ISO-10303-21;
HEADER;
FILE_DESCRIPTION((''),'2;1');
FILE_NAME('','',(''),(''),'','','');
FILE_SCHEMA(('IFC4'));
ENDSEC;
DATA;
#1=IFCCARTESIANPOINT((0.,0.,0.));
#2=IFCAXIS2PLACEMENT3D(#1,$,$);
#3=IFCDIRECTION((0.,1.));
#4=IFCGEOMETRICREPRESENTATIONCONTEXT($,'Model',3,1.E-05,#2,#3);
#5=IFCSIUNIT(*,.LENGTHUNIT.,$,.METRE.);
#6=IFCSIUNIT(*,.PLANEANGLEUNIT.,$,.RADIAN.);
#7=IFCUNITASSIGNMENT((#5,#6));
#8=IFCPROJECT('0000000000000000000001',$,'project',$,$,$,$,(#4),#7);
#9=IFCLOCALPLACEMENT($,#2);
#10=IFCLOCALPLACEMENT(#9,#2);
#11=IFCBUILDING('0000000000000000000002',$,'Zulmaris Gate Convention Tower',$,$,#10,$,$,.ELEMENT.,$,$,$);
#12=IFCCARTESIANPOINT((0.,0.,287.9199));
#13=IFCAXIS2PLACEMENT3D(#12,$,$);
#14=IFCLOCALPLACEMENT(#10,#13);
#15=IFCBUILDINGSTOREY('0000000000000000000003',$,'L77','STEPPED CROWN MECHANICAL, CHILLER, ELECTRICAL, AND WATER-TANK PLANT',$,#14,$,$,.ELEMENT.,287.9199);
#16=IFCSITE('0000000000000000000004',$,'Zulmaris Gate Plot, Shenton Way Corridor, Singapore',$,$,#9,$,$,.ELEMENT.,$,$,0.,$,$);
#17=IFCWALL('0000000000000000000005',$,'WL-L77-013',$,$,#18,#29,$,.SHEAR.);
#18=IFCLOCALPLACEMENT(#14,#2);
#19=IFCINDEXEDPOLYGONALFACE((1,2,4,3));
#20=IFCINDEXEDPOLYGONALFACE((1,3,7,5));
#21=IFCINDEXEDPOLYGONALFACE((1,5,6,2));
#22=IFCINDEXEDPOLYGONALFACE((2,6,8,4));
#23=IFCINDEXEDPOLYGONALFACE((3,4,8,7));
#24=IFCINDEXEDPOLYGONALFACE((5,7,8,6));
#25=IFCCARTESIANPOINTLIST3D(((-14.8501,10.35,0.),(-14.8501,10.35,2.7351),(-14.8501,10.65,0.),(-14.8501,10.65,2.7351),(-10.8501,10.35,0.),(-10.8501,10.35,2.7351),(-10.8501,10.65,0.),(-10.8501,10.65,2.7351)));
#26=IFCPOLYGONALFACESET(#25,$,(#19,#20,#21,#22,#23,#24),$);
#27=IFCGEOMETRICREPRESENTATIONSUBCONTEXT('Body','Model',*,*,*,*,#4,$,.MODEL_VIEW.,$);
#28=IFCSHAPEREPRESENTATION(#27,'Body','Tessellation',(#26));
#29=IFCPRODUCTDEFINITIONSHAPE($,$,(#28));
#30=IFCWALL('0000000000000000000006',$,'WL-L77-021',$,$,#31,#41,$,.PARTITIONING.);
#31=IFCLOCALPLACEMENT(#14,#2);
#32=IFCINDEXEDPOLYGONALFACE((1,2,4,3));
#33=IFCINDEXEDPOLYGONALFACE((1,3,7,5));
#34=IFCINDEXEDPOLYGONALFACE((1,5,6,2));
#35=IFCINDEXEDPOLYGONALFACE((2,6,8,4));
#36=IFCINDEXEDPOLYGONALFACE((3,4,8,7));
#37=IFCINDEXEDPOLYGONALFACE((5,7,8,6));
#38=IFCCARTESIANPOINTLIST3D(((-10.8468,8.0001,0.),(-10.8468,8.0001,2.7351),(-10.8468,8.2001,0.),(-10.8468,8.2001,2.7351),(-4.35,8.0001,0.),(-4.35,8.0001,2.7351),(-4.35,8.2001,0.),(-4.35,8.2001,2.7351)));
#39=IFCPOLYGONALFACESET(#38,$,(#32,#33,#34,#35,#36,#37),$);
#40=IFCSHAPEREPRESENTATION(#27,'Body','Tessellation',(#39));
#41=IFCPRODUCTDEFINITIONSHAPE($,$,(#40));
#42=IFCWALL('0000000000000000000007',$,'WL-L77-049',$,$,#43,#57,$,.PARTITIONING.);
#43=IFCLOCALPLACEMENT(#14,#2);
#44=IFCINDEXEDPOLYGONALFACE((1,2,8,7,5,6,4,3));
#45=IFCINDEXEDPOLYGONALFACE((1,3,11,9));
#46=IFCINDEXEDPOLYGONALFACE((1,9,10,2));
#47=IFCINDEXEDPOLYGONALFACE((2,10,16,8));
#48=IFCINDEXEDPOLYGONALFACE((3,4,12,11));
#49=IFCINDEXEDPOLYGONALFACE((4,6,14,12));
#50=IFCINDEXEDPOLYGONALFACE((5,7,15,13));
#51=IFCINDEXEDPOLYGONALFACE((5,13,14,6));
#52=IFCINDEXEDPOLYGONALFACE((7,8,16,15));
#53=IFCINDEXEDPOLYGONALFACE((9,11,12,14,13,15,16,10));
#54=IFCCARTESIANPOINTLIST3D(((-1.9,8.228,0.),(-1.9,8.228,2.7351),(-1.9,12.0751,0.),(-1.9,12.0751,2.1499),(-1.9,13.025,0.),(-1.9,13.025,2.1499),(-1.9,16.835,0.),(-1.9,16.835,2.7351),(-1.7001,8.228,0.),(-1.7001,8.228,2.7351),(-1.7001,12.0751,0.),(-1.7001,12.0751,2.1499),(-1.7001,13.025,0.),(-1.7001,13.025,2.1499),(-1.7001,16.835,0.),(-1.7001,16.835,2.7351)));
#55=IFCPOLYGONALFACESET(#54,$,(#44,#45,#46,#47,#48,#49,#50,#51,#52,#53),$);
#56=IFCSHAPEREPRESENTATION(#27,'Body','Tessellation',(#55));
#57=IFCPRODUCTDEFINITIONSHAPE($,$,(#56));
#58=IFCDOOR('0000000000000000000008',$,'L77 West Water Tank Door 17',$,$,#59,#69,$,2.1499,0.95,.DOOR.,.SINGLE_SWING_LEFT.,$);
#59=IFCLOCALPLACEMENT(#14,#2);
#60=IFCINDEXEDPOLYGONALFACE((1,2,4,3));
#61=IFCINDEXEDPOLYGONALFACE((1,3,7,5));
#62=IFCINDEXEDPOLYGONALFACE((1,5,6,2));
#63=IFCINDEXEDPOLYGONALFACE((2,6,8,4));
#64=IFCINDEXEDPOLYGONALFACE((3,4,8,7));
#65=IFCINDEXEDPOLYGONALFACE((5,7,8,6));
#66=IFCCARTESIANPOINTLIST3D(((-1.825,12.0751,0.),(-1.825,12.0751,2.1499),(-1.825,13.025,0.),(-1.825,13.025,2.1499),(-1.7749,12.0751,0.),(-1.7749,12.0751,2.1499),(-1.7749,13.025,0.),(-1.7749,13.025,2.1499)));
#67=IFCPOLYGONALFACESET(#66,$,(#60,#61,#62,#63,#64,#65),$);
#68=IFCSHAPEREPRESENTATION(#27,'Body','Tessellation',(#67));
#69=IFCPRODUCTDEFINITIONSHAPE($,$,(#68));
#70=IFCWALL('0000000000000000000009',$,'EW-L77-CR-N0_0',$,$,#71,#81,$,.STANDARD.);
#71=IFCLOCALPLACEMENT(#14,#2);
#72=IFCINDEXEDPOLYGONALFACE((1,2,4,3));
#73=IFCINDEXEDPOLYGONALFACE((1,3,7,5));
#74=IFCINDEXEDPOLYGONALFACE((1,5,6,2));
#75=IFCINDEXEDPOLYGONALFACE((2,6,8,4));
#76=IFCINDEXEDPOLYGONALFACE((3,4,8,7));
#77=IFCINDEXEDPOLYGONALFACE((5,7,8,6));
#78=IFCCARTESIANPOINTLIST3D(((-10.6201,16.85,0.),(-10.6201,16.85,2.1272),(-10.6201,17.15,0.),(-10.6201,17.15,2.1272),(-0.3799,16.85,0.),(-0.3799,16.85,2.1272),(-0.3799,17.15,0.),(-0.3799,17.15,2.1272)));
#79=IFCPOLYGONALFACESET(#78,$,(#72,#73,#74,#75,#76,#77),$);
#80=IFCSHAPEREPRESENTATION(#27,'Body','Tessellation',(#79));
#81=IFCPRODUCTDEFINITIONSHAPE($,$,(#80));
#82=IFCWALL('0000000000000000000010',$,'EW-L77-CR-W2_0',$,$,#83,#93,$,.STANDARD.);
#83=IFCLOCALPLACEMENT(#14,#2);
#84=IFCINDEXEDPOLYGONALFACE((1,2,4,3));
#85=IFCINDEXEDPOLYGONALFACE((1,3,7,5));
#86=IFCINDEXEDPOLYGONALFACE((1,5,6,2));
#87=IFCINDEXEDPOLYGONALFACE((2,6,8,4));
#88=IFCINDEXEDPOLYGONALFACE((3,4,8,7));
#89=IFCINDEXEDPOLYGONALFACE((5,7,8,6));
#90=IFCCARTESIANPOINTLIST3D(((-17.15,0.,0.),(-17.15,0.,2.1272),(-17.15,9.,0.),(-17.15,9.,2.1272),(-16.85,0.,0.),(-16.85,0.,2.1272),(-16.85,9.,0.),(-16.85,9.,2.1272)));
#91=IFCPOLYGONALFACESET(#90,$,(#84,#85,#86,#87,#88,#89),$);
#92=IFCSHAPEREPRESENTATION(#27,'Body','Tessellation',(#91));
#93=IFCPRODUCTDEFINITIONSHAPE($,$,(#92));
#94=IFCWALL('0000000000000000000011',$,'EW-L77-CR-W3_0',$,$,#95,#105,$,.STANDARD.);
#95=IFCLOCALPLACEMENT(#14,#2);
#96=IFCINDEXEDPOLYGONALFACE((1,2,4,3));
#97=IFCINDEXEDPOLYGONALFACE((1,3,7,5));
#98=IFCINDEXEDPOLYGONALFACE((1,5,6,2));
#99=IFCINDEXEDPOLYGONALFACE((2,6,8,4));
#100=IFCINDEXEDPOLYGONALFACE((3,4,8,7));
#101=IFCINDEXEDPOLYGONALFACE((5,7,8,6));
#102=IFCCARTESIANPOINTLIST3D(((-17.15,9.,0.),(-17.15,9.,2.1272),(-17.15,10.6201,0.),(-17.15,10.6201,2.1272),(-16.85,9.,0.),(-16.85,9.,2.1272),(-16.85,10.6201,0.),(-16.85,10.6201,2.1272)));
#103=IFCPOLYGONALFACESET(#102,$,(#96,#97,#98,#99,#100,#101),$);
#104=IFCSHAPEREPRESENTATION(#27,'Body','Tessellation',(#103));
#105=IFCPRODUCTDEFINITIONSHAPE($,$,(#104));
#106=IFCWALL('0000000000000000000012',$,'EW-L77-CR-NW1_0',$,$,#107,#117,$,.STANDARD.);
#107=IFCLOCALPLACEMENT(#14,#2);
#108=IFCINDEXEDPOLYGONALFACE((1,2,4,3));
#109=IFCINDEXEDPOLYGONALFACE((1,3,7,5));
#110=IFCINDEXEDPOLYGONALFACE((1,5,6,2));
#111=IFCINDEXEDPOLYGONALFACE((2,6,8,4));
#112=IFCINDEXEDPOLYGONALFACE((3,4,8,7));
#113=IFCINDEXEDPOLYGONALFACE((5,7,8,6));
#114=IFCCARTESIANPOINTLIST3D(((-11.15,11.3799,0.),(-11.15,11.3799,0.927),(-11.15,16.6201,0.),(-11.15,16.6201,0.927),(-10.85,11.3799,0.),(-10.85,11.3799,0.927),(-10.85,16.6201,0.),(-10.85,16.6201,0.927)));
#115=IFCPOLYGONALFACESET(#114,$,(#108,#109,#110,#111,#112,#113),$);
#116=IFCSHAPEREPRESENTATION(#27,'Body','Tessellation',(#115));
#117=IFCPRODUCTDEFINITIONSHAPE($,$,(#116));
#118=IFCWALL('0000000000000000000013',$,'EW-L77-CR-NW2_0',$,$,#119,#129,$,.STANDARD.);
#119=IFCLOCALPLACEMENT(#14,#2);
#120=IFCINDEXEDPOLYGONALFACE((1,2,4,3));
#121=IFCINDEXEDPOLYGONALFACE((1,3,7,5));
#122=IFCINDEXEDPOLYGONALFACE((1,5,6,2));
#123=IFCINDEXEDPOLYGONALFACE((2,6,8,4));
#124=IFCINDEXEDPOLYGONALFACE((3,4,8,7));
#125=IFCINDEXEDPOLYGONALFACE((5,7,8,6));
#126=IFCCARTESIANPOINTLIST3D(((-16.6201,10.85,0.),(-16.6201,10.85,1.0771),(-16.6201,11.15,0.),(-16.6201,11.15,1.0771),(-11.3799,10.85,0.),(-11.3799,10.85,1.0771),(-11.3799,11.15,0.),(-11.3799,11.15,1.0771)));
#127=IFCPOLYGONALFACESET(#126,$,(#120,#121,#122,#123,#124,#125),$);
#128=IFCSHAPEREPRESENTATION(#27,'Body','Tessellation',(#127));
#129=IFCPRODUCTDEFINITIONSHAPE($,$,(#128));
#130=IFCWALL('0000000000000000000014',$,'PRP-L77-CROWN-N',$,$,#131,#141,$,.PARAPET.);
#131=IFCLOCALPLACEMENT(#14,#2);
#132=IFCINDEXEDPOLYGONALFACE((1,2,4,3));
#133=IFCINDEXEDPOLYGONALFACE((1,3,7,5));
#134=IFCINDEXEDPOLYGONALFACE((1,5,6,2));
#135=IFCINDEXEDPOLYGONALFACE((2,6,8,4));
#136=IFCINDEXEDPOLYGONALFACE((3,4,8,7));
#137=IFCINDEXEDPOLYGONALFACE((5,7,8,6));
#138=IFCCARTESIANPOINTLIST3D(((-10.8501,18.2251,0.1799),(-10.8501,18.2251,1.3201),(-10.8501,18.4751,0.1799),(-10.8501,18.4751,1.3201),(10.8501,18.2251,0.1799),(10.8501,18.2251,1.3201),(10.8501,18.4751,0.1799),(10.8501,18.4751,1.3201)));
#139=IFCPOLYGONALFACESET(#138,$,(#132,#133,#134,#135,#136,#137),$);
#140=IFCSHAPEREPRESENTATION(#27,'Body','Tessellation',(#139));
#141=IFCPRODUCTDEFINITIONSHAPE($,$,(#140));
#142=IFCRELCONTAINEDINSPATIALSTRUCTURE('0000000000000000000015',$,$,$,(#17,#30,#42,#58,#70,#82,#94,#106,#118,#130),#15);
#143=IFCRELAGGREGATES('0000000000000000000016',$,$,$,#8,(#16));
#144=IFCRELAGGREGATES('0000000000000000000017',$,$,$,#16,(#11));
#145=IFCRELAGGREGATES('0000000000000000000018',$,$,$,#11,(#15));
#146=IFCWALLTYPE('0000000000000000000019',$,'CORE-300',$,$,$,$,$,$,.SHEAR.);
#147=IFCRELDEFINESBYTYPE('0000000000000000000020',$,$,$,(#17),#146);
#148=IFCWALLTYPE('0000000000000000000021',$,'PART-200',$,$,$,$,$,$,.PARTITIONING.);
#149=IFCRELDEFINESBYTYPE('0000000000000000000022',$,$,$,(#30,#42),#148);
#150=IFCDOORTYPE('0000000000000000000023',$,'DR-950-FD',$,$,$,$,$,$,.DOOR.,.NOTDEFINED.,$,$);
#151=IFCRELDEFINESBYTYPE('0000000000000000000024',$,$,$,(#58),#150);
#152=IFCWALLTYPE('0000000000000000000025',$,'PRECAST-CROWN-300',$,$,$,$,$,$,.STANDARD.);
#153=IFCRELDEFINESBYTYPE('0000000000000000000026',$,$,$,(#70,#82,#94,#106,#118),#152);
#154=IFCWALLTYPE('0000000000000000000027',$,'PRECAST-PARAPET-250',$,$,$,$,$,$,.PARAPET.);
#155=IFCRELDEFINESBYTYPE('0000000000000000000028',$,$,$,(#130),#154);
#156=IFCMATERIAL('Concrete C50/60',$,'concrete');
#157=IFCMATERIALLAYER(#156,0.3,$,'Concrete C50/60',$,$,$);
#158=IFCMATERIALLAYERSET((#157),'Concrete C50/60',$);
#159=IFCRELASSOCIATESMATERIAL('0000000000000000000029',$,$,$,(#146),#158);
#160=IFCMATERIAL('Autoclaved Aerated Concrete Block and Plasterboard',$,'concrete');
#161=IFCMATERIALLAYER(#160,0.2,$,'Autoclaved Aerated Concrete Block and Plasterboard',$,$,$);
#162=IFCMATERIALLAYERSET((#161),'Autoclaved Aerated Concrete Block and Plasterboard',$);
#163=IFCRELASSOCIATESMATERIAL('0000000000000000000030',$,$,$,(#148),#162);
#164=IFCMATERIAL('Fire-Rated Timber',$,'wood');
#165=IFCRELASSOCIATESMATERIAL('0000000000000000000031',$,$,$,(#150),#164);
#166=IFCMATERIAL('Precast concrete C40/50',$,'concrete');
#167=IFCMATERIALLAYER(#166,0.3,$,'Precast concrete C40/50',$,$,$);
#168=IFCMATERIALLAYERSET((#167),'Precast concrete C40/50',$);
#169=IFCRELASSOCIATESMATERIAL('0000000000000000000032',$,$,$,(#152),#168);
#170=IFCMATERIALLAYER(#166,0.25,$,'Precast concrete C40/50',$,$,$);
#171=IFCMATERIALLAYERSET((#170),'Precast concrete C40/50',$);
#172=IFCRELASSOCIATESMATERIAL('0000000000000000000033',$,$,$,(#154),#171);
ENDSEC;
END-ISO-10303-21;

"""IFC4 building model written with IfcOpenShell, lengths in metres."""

from ifc_helpers import new_model, si_unit, direction, frame, frame_2d, origin, place, context, subcontext, project, spatial, rectangle, extrude, material, layer, layer_set, type_object, element, fill, save


model = new_model("IFC4")

# Units and contexts
model_context = context("Model", 3, precision=1e-05, world=origin(), true_north=direction((0.0, 1.0)))
body_context = subcontext(model_context, "Body", "Model", "MODEL_VIEW")
ifc_project = project(units=[si_unit("LENGTHUNIT", "METRE"), si_unit("PLANEANGLEUNIT", "RADIAN")], contexts=[model_context])

# Site, building, storey
site_placement = place(None, origin())
site = spatial("IfcSite", under=ifc_project, at=site_placement, Name="Zulmaris Gate Plot, Shenton Way Corridor, Singapore", CompositionType="ELEMENT", RefElevation=0.0)
building_placement = place(site_placement, origin())
building = spatial("IfcBuilding", under=site, at=building_placement, Name="Zulmaris Gate Convention Tower", CompositionType="ELEMENT")
storey_placement = place(building_placement, frame((0.0, 0.0, 287.9199)))
storey = spatial("IfcBuildingStorey", under=building, at=storey_placement, Name="L77", Description="STEPPED CROWN MECHANICAL, CHILLER, ELECTRICAL, AND WATER-TANK PLANT", CompositionType="ELEMENT", Elevation=287.9199)

# Shared definitions
ifc_material_1 = material(Name="Concrete C50/60", Category="concrete")

# Walls
ifc_layer_1 = layer(ifc_material_1, 0.3, Name="Concrete C50/60")
ifc_layer_set_1 = layer_set([ifc_layer_1], Name="Concrete C50/60")
wall_type_1 = type_object("IfcWallType", Name="CORE-300", PredefinedType="SHEAR", material=ifc_layer_set_1)
wall_1_placement = place(storey_placement, frame((-14.8501, 10.5, 0.0), z_axis=(0.0, 0.0, 1.0), x_axis=(1.0, 0.0, 0.0)))
element("IfcWall", 1, at=wall_1_placement, inside=storey, type_object=wall_type_1, Name="WL-L77-013", PredefinedType="SHEAR", context=body_context, shape_type="SweptSolid", body=[
    extrude(rectangle(XDim=4.0, YDim=0.3, at=frame_2d((2.0, 0.0))), origin(), (0.0, 0.0, 1.0), 2.7351),
])
ifc_material_2 = material(Name="Autoclaved Aerated Concrete Block and Plasterboard", Category="concrete")
ifc_layer_2 = layer(ifc_material_2, 0.2, Name="Autoclaved Aerated Concrete Block and Plasterboard")
ifc_layer_set_2 = layer_set([ifc_layer_2], Name="Autoclaved Aerated Concrete Block and Plasterboard")
wall_type_2 = type_object("IfcWallType", Name="PART-200", PredefinedType="PARTITIONING", material=ifc_layer_set_2)
wall_2_placement = place(storey_placement, frame((-10.8469, 8.1001, 0.0), z_axis=(0.0, 0.0, 1.0), x_axis=(1.0, 0.0, 0.0)))
element("IfcWall", 2, at=wall_2_placement, inside=storey, type_object=wall_type_2, Name="WL-L77-021", PredefinedType="PARTITIONING", context=body_context, shape_type="SweptSolid", body=[
    extrude(rectangle(XDim=6.4968, YDim=0.2, at=frame_2d((3.2485, 0.0))), origin(), (0.0, 0.0, 1.0), 2.7351),
])

# Wall, opening, door
wall_3_placement = place(storey_placement, frame((-1.8, 8.228, 0.0), z_axis=(0.0, 0.0, 1.0), x_axis=(0.0, 1.0, 0.0)))
wall_3 = element("IfcWall", 3, at=wall_3_placement, inside=storey, type_object=wall_type_2, Name="WL-L77-049", PredefinedType="PARTITIONING", context=body_context, shape_type="SweptSolid", body=[
    extrude(rectangle(XDim=8.6069, YDim=0.2, at=frame_2d((4.3035, 0.0))), origin(), (0.0, 0.0, 1.0), 2.7351),
])
opening_placement = place(wall_3_placement, frame((3.8469, 0.0, 0.0)))
opening = element("IfcOpeningElement", 4, at=opening_placement, cuts=wall_3, PredefinedType="OPENING", context=body_context, shape_type="SweptSolid", body=[
    extrude(rectangle(XDim=0.95, YDim=2.1499, at=frame_2d((0.4751, 1.075))), frame((0.0, 0.1099, 0.0), z_axis=(0.0, -1.0, 0.0), x_axis=(1.0, 0.0, 0.0)), (0.0, 0.0, 1.0), 0.22),
])
ifc_material_3 = material(Name="Fire-Rated Timber", Category="wood")
door_type = type_object("IfcDoorType", Name="DR-950-FD", OperationType="NOTDEFINED", PredefinedType="DOOR", material=ifc_material_3)
door_placement = place(opening_placement, origin())
door = element("IfcDoor", 5, at=door_placement, inside=storey, type_object=door_type, Name="L77 West Water Tank Door 17", OperationType="SINGLE_SWING_LEFT", OverallHeight=2.1499, OverallWidth=0.95, PredefinedType="DOOR", context=body_context, shape_type="SweptSolid", body=[
    extrude(rectangle(XDim=0.95, YDim=2.1499, at=frame_2d((0.4751, 1.075))), frame((0.0, 0.0249, 0.0), z_axis=(0.0, -1.0, 0.0), x_axis=(1.0, 0.0, 0.0)), (0.0, 0.0, 1.0), 0.05),
])
fill(opening, door)

# Walls
ifc_material_4 = material(Name="Precast concrete C40/50", Category="concrete")
ifc_layer_3 = layer(ifc_material_4, 0.3, Name="Precast concrete C40/50")
ifc_layer_set_3 = layer_set([ifc_layer_3], Name="Precast concrete C40/50")
wall_type_3 = type_object("IfcWallType", Name="PRECAST-CROWN-300", PredefinedType="STANDARD", material=ifc_layer_set_3)
wall_4_placement = place(storey_placement, frame((-0.3799, 17.0, 0.0), z_axis=(0.0, 0.0, 1.0), x_axis=(-1.0, 0.0, 0.0)))
element("IfcWall", 6, at=wall_4_placement, inside=storey, type_object=wall_type_3, Name="EW-L77-CR-N0_0", PredefinedType="STANDARD", context=body_context, shape_type="SweptSolid", body=[
    extrude(rectangle(XDim=10.2402, YDim=0.3, at=frame_2d((5.1201, 0.0))), origin(), (0.0, 0.0, 1.0), 2.1272),
])
wall_5_placement = place(storey_placement, frame((-17.0, 9.0, 0.0), z_axis=(0.0, 0.0, 1.0), x_axis=(0.0, -1.0, 0.0)))
element("IfcWall", 7, at=wall_5_placement, inside=storey, type_object=wall_type_3, Name="EW-L77-CR-W2_0", PredefinedType="STANDARD", context=body_context, shape_type="SweptSolid", body=[
    extrude(rectangle(XDim=9.0, YDim=0.3, at=frame_2d((4.5, 0.0))), origin(), (0.0, 0.0, 1.0), 2.1272),
])
wall_6_placement = place(storey_placement, frame((-17.0, 10.6201, 0.0), z_axis=(0.0, 0.0, 1.0), x_axis=(0.0, -1.0, 0.0)))
element("IfcWall", 8, at=wall_6_placement, inside=storey, type_object=wall_type_3, Name="EW-L77-CR-W3_0", PredefinedType="STANDARD", context=body_context, shape_type="SweptSolid", body=[
    extrude(rectangle(XDim=1.6201, YDim=0.3, at=frame_2d((0.8101, 0.0))), origin(), (0.0, 0.0, 1.0), 2.1272),
])
wall_7_placement = place(storey_placement, frame((-11.0, 16.6201, 0.0), z_axis=(0.0, 0.0, 1.0), x_axis=(0.0, -1.0, 0.0)))
element("IfcWall", 9, at=wall_7_placement, inside=storey, type_object=wall_type_3, Name="EW-L77-CR-NW1_0", PredefinedType="STANDARD", context=body_context, shape_type="SweptSolid", body=[
    extrude(rectangle(XDim=5.2402, YDim=0.3, at=frame_2d((2.6201, 0.0))), origin(), (0.0, 0.0, 1.0), 0.927),
])
wall_8_placement = place(storey_placement, frame((-11.3799, 11.0, 0.0), z_axis=(0.0, 0.0, 1.0), x_axis=(-1.0, 0.0, 0.0)))
element("IfcWall", 10, at=wall_8_placement, inside=storey, type_object=wall_type_3, Name="EW-L77-CR-NW2_0", PredefinedType="STANDARD", context=body_context, shape_type="SweptSolid", body=[
    extrude(rectangle(XDim=5.2402, YDim=0.3, at=frame_2d((2.6201, 0.0))), origin(), (0.0, 0.0, 1.0), 1.0771),
])
ifc_layer_4 = layer(ifc_material_4, 0.25, Name="Precast concrete C40/50")
ifc_layer_set_4 = layer_set([ifc_layer_4], Name="Precast concrete C40/50")
wall_type_4 = type_object("IfcWallType", Name="PRECAST-PARAPET-250", PredefinedType="PARAPET", material=ifc_layer_set_4)
wall_9_placement = place(storey_placement, frame((-10.8501, 18.3501, 0.1799), z_axis=(0.0, 0.0, 1.0), x_axis=(1.0, 0.0, 0.0)))
element("IfcWall", 11, at=wall_9_placement, inside=storey, type_object=wall_type_4, Name="PRP-L77-CROWN-N", PredefinedType="PARAPET", context=body_context, shape_type="SweptSolid", body=[
    extrude(rectangle(XDim=21.7002, YDim=0.25, at=frame_2d((10.8501, 0.0))), origin(), (0.0, 0.0, 1.0), 1.1401),
])

save(model, "model.ifc")
